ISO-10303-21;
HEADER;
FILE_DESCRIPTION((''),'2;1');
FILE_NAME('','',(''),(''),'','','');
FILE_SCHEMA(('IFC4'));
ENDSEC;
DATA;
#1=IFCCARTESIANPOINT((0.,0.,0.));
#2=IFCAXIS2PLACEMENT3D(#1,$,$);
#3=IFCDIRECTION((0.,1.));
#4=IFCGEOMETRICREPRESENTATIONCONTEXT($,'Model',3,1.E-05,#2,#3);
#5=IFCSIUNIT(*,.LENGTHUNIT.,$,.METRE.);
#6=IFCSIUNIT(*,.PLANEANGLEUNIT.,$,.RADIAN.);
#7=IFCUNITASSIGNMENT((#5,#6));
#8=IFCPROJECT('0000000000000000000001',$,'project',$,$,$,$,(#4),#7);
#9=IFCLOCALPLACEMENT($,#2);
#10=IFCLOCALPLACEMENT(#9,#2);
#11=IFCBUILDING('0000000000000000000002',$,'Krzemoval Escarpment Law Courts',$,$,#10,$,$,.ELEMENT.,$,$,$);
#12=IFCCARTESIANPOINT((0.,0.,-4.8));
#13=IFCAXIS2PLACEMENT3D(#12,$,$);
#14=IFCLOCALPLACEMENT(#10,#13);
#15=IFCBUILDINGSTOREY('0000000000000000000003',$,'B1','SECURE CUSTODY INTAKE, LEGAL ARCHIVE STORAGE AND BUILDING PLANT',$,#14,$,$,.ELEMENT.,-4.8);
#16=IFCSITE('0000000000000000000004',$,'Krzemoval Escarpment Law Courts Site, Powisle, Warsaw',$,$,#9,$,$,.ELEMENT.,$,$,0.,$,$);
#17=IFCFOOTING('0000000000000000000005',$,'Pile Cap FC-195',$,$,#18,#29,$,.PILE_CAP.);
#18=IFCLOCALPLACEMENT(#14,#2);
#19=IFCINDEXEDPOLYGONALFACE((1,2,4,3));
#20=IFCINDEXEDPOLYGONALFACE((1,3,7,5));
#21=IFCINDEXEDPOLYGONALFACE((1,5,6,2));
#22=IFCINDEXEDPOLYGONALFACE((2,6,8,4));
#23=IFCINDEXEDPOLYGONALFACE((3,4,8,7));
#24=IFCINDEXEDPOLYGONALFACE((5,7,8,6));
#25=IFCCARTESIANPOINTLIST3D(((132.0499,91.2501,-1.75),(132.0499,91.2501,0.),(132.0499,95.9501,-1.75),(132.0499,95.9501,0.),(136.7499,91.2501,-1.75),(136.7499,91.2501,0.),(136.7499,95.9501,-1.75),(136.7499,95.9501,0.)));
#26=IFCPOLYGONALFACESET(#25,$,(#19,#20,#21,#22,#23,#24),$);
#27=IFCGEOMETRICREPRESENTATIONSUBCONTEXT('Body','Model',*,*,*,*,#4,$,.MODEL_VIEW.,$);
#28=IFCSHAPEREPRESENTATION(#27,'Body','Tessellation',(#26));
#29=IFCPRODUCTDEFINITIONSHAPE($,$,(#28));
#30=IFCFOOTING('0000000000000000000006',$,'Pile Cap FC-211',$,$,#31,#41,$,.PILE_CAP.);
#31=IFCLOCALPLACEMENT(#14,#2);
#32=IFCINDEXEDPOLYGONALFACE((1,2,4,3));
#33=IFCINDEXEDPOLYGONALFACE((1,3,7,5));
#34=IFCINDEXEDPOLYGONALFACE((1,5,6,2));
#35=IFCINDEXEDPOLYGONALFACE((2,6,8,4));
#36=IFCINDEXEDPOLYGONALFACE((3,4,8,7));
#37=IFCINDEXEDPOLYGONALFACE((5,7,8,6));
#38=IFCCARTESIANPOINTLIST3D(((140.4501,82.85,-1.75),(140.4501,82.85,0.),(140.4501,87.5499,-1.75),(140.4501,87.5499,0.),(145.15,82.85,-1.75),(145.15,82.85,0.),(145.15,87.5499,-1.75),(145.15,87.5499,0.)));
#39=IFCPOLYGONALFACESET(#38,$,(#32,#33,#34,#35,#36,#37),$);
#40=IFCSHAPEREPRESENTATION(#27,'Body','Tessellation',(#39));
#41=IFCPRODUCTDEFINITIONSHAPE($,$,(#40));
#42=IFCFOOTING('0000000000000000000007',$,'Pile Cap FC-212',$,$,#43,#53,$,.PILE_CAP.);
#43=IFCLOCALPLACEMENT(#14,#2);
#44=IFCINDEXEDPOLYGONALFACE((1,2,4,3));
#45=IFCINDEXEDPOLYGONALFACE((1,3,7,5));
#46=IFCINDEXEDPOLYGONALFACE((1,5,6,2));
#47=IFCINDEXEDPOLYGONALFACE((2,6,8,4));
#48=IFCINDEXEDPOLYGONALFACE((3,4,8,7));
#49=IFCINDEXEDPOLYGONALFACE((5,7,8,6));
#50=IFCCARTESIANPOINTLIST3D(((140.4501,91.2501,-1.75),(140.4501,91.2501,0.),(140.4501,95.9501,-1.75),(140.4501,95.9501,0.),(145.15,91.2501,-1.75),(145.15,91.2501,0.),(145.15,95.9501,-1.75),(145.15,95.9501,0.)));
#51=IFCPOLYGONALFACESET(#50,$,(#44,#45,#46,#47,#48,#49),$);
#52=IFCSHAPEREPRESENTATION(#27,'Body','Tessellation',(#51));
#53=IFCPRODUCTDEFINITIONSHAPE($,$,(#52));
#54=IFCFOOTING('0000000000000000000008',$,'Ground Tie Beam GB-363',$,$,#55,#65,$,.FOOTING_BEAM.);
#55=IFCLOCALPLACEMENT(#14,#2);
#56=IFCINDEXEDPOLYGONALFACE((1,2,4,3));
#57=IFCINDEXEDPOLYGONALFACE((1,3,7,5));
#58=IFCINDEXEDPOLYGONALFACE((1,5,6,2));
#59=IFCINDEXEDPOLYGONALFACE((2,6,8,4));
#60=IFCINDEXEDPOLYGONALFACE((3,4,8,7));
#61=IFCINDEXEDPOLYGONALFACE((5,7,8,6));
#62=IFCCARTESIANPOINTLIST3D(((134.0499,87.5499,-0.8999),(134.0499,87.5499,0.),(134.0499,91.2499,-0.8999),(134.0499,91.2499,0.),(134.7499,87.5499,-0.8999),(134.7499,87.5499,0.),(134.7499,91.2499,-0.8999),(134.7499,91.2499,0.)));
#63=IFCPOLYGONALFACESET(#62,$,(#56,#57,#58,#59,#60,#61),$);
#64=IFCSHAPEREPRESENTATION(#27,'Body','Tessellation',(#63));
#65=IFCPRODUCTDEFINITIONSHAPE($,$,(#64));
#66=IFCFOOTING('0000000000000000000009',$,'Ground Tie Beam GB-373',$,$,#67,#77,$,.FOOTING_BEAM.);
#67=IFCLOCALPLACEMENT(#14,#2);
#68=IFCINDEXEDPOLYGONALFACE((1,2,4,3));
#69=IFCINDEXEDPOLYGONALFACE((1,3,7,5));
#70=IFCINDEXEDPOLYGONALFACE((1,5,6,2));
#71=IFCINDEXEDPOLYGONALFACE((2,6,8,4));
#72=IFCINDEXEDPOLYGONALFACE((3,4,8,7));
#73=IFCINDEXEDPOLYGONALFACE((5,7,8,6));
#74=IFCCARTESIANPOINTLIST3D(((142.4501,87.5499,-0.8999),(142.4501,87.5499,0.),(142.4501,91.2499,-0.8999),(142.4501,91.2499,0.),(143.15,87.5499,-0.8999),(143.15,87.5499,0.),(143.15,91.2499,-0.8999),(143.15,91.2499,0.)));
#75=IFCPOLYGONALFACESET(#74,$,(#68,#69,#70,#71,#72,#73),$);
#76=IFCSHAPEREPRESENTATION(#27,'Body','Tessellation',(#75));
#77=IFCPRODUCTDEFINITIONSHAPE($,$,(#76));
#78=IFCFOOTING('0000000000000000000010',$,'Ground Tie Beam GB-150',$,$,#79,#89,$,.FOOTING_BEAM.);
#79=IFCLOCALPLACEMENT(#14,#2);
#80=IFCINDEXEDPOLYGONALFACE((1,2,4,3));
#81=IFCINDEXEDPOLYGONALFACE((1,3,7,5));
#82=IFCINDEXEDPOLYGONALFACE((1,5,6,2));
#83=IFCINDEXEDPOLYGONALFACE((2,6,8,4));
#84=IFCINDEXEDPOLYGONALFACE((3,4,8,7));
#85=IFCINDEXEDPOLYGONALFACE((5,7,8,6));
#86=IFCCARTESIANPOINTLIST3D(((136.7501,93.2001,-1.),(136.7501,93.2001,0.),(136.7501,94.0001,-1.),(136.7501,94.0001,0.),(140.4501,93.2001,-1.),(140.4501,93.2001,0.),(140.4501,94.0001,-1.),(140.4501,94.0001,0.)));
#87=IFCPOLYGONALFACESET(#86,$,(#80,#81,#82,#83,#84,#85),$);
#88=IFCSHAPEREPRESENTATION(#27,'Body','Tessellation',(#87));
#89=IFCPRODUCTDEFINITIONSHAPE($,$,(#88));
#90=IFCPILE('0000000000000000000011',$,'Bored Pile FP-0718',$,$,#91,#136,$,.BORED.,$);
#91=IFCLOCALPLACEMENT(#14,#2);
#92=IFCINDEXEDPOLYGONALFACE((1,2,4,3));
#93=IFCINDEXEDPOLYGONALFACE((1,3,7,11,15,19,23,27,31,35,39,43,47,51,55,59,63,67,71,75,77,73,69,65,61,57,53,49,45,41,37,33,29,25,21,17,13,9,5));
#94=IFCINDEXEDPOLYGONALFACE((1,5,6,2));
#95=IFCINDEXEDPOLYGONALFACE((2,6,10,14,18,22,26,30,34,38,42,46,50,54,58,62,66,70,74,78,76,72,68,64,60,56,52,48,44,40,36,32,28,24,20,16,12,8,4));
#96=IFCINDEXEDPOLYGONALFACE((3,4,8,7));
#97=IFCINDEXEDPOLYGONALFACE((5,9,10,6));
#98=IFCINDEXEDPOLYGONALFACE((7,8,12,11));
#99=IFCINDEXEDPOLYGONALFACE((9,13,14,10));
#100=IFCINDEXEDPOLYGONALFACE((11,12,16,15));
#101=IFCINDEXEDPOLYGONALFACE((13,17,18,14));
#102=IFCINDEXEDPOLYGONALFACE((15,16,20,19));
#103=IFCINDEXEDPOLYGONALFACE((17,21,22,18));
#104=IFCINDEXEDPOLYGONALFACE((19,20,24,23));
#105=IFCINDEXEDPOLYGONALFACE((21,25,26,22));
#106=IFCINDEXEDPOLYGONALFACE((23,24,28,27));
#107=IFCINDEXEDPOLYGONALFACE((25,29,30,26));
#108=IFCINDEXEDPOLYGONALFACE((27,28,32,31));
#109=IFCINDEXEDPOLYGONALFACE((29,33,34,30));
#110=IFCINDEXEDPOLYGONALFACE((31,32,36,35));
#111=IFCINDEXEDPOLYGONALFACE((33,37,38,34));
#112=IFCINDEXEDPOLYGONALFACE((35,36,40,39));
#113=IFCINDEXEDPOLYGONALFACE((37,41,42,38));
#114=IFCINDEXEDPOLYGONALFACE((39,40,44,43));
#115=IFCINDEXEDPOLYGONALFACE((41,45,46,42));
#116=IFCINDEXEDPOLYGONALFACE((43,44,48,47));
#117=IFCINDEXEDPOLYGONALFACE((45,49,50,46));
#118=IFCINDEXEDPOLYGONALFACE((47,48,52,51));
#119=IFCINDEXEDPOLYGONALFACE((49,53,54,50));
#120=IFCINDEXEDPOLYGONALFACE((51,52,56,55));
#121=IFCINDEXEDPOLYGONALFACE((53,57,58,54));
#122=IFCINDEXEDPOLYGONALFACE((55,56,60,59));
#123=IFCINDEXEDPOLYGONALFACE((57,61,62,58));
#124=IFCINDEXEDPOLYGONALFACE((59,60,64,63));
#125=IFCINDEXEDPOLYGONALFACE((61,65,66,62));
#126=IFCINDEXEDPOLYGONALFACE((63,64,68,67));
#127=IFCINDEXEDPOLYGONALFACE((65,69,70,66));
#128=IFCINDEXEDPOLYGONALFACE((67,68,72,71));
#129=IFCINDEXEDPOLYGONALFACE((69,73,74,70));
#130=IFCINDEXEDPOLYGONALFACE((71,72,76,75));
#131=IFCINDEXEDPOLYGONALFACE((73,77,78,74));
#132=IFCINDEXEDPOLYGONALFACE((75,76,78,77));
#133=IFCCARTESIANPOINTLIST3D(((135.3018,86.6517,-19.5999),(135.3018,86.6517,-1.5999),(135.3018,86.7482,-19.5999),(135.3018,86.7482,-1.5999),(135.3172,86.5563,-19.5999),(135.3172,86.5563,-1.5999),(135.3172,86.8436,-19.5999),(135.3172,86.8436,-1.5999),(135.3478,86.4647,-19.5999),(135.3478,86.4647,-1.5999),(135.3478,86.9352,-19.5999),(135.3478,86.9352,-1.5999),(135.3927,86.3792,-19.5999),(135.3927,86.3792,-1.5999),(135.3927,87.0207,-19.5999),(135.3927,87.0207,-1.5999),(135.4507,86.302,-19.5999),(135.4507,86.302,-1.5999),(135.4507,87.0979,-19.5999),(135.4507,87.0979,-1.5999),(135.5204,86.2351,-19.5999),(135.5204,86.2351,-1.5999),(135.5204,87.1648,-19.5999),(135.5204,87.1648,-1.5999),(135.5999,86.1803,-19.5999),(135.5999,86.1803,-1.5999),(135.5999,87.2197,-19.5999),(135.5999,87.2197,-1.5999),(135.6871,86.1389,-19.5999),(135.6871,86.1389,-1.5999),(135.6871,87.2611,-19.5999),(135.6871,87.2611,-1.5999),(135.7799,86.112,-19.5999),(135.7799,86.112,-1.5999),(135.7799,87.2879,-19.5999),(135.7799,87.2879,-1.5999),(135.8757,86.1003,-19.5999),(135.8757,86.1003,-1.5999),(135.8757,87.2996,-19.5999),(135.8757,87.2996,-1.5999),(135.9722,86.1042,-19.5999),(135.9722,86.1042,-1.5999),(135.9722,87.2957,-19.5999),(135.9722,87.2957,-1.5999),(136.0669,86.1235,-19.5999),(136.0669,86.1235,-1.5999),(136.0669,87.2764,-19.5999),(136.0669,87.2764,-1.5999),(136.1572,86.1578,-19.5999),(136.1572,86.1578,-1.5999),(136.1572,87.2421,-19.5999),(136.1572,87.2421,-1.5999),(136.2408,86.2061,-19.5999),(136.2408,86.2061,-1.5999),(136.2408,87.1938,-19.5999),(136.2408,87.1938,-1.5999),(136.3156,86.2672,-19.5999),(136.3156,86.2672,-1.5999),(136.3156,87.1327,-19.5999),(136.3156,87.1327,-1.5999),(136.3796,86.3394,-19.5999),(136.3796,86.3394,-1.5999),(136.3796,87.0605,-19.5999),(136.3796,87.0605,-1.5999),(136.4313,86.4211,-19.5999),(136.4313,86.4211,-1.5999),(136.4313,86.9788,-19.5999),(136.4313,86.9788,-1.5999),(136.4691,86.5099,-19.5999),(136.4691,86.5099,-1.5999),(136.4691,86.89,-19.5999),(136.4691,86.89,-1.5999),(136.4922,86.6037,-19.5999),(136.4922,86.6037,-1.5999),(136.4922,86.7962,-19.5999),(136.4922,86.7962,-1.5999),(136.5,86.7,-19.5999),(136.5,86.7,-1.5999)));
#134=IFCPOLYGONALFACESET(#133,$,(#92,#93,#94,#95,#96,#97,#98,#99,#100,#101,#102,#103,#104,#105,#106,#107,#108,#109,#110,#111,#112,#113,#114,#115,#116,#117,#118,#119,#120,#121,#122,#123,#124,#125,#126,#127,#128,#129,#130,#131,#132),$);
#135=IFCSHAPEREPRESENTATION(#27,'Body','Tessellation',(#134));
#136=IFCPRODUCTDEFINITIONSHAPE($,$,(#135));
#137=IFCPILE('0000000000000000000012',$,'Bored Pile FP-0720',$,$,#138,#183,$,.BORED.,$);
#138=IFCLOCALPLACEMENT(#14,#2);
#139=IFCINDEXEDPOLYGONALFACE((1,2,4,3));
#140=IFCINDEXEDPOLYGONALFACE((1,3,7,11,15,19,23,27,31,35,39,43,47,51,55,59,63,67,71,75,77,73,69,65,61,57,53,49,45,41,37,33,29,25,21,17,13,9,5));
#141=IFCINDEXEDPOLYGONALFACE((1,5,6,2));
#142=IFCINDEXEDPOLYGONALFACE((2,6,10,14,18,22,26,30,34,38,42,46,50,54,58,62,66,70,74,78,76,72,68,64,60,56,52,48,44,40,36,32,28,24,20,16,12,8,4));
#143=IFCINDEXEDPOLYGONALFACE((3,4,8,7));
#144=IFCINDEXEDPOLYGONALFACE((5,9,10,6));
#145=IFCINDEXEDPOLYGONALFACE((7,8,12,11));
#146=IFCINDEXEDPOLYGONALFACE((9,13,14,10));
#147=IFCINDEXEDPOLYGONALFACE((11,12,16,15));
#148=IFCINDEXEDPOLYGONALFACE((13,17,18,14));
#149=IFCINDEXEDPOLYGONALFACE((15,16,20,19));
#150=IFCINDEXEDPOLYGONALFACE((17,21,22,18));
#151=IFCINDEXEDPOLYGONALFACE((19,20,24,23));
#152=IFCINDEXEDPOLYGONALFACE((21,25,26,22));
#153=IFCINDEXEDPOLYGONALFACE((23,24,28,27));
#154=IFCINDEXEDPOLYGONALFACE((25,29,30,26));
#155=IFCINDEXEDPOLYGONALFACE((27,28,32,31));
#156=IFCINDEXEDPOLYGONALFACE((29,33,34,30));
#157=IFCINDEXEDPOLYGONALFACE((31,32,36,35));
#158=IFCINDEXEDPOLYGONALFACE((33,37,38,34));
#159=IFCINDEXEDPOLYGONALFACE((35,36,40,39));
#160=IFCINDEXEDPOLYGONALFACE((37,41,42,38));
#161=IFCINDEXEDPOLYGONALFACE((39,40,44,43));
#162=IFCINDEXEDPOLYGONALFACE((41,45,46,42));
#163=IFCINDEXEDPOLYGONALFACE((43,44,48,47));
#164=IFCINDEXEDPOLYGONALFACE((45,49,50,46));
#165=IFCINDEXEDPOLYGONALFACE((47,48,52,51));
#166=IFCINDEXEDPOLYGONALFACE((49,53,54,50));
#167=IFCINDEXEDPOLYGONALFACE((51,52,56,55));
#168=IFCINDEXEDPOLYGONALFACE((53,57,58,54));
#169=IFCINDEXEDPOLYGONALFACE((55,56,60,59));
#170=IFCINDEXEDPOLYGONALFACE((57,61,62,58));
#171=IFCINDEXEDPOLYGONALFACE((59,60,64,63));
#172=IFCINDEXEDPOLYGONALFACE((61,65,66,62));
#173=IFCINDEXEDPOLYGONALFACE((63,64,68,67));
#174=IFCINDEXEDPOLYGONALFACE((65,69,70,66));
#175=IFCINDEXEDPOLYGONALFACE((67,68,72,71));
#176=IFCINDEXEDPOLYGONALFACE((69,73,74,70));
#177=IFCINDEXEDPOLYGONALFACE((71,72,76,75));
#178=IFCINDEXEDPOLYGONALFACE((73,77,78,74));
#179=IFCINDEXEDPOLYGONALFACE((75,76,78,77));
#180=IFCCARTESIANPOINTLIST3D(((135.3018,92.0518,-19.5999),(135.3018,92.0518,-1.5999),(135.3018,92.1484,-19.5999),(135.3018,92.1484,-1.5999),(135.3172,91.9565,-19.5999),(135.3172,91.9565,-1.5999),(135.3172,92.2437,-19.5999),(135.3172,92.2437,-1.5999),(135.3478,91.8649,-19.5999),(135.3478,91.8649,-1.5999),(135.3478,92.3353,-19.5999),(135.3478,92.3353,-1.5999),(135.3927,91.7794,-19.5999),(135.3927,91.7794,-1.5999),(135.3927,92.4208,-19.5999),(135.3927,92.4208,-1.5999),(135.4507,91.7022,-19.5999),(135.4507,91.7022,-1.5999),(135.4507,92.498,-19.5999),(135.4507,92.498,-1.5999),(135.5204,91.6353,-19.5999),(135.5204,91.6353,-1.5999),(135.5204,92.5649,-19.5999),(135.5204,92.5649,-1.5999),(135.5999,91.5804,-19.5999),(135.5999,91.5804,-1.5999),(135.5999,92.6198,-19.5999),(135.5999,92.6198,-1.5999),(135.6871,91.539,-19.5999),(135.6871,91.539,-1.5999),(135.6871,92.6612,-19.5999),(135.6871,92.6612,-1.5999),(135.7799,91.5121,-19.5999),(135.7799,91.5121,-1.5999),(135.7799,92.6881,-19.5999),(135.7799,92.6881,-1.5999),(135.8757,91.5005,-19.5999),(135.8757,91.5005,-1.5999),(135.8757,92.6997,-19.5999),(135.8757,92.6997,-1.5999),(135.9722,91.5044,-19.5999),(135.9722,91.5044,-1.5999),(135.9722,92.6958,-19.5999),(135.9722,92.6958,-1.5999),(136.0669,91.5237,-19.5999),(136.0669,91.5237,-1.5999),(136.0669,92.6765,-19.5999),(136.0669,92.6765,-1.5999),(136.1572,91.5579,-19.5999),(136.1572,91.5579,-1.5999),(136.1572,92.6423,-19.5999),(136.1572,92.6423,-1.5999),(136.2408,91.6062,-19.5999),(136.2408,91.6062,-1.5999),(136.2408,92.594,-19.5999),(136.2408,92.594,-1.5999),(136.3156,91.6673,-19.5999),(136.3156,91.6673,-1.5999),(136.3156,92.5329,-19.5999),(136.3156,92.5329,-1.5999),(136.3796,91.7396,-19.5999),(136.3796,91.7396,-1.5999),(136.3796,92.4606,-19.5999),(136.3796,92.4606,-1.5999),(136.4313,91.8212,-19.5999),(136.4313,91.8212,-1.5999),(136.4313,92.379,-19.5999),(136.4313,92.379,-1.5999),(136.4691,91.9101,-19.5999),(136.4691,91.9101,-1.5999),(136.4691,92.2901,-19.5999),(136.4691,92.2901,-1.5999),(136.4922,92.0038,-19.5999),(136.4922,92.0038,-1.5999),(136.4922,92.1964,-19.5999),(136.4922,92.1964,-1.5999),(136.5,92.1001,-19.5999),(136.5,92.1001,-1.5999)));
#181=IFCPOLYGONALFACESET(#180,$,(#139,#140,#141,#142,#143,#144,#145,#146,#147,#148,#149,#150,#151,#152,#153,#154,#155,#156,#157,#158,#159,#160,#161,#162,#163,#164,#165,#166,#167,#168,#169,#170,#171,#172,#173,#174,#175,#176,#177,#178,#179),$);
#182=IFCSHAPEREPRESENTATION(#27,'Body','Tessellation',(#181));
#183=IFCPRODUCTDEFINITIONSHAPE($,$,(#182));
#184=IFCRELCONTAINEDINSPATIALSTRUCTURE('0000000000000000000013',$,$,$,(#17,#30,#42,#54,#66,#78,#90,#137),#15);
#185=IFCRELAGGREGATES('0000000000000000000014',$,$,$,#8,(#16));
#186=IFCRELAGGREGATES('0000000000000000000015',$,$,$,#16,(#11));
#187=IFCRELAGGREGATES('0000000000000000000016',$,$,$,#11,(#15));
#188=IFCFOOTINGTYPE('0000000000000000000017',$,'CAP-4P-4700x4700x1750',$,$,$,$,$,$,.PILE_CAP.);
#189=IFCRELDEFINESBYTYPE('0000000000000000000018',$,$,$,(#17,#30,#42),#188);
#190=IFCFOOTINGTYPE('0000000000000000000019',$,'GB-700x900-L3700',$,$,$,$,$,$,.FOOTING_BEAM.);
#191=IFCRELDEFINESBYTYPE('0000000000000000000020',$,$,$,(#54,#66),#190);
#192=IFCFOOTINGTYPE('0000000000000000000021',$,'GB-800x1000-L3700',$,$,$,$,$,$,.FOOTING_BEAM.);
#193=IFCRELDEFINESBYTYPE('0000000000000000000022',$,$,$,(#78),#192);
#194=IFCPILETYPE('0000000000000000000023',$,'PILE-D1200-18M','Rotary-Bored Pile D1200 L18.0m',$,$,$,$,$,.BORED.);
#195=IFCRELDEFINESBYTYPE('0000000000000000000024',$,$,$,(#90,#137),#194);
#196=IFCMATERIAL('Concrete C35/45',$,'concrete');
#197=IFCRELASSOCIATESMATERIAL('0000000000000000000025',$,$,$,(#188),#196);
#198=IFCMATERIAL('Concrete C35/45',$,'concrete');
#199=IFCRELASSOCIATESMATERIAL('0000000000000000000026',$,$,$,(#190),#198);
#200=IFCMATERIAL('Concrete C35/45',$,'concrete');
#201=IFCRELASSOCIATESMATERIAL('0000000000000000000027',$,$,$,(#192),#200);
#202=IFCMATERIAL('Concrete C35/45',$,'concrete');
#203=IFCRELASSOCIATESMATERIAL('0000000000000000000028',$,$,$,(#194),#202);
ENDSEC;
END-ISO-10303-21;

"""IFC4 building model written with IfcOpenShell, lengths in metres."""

from ifc_helpers import new_model, si_unit, direction, frame, origin, origin_2d, place, context, subcontext, project, spatial, rectangle, circle, extrude, material, material_profile, profile_set, type_object, element, save


model = new_model("IFC4")

# Units and contexts
model_context = context("Model", 3, precision=1e-05, world=origin(), true_north=direction((0.0, 1.0)))
body_context = subcontext(model_context, "Body", "Model", "MODEL_VIEW")
ifc_project = project(units=[si_unit("LENGTHUNIT", "METRE"), si_unit("PLANEANGLEUNIT", "RADIAN")], contexts=[model_context])

# Site, building, storey
site_placement = place(None, origin())
site = spatial("IfcSite", under=ifc_project, at=site_placement, Name="Krzemoval Escarpment Law Courts Site, Powisle, Warsaw", CompositionType="ELEMENT", RefElevation=0.0)
building_placement = place(site_placement, origin())
building = spatial("IfcBuilding", under=site, at=building_placement, Name="Krzemoval Escarpment Law Courts", CompositionType="ELEMENT")
storey_placement = place(building_placement, frame((0.0, 0.0, -4.8)))
storey = spatial("IfcBuildingStorey", under=building, at=storey_placement, Name="B1", Description="SECURE CUSTODY INTAKE, LEGAL ARCHIVE STORAGE AND BUILDING PLANT", CompositionType="ELEMENT", Elevation=-4.8)

# Footings
ifc_material_1 = material(Name="Concrete C35/45", Category="concrete")
footing_type_1 = type_object("IfcFootingType", Name="CAP-4P-4700x4700x1750", PredefinedType="PILE_CAP", material=ifc_material_1)
for number, where, z_axis, x_axis, name in (
    (1, (134.3999, 93.6001, -1.75), (0.0, 0.0, 1.0), (1.0, 0.0, 0.0), "Pile Cap FC-195"),
    (2, (142.8, 85.2, -1.75), (0.0, 0.0, 1.0), (1.0, 0.0, 0.0), "Pile Cap FC-211"),
    (3, (142.8, 93.6001, -1.75), (0.0, 0.0, 1.0), (1.0, 0.0, 0.0), "Pile Cap FC-212"),
):
    element("IfcFooting", number, at=place(storey_placement, frame(where, z_axis=z_axis, x_axis=x_axis)), inside=storey, type_object=footing_type_1, Name=name, PredefinedType="PILE_CAP", context=body_context, shape_type="SweptSolid", body=[
        extrude(rectangle(XDim=4.7, YDim=4.7, at=origin_2d()), origin(), (0.0, 0.0, 1.0), 1.75),
    ])
ifc_material_2 = material(Name="Concrete C35/45", Category="concrete")
footing_type_2 = type_object("IfcFootingType", Name="GB-700x900-L3700", PredefinedType="FOOTING_BEAM", material=ifc_material_2)
for number, where, z_axis, x_axis, name in (
    (4, (134.3999, 89.3999, -0.8999), (0.0, 0.0, 1.0), (0.0, 1.0, 0.0), "Ground Tie Beam GB-363"),
    (5, (142.8, 89.3999, -0.8999), (0.0, 0.0, 1.0), (0.0, 1.0, 0.0), "Ground Tie Beam GB-373"),
):
    element("IfcFooting", number, at=place(storey_placement, frame(where, z_axis=z_axis, x_axis=x_axis)), inside=storey, type_object=footing_type_2, Name=name, PredefinedType="FOOTING_BEAM", context=body_context, shape_type="SweptSolid", body=[
        extrude(rectangle(XDim=3.7, YDim=0.7, at=origin_2d()), origin(), (0.0, 0.0, 1.0), 0.8999),
    ])
ifc_material_3 = material(Name="Concrete C35/45", Category="concrete")
footing_type_3 = type_object("IfcFootingType", Name="GB-800x1000-L3700", PredefinedType="FOOTING_BEAM", material=ifc_material_3)
footing_placement = place(storey_placement, frame((138.6001, 93.6001, -1.0), z_axis=(0.0, 0.0, 1.0), x_axis=(1.0, 0.0, 0.0)))
element("IfcFooting", 6, at=footing_placement, inside=storey, type_object=footing_type_3, Name="Ground Tie Beam GB-150", PredefinedType="FOOTING_BEAM", context=body_context, shape_type="SweptSolid", body=[
    extrude(rectangle(XDim=3.7, YDim=0.8, at=origin_2d()), origin(), (0.0, 0.0, 1.0), 1.0),
])

# Piles
ifc_material_4 = material(Name="Concrete C35/45", Category="concrete")
ifc_material_profile_1 = material_profile(ifc_material_4, circle(Radius=0.6001, at=origin_2d()), Name="PILE D1200")
ifc_profile_set_1 = profile_set([ifc_material_profile_1], Name="Concrete C35/45")
pile_type = type_object("IfcPileType", Name="PILE-D1200-18M", Description="Rotary-Bored Pile D1200 L18.0m", PredefinedType="BORED", material=ifc_profile_set_1)
for number, where, z_axis, x_axis, name in (
    (7, (135.8999, 86.7, -1.5999), (0.0, 0.0, -1.0), (1.0, 0.0, 0.0), "Bored Pile FP-0718"),
    (8, (135.8999, 92.1001, -1.5999), (0.0, 0.0, -1.0), (1.0, 0.0, 0.0), "Bored Pile FP-0720"),
):
    element("IfcPile", number, at=place(storey_placement, frame(where, z_axis=z_axis, x_axis=x_axis)), inside=storey, type_object=pile_type, Name=name, PredefinedType="BORED", context=body_context, shape_type="SweptSolid", body=[
        extrude(circle(Radius=0.6001, at=origin_2d()), origin(), (0.0, 0.0, 1.0), 18.0),
    ])

save(model, "model.ifc")
